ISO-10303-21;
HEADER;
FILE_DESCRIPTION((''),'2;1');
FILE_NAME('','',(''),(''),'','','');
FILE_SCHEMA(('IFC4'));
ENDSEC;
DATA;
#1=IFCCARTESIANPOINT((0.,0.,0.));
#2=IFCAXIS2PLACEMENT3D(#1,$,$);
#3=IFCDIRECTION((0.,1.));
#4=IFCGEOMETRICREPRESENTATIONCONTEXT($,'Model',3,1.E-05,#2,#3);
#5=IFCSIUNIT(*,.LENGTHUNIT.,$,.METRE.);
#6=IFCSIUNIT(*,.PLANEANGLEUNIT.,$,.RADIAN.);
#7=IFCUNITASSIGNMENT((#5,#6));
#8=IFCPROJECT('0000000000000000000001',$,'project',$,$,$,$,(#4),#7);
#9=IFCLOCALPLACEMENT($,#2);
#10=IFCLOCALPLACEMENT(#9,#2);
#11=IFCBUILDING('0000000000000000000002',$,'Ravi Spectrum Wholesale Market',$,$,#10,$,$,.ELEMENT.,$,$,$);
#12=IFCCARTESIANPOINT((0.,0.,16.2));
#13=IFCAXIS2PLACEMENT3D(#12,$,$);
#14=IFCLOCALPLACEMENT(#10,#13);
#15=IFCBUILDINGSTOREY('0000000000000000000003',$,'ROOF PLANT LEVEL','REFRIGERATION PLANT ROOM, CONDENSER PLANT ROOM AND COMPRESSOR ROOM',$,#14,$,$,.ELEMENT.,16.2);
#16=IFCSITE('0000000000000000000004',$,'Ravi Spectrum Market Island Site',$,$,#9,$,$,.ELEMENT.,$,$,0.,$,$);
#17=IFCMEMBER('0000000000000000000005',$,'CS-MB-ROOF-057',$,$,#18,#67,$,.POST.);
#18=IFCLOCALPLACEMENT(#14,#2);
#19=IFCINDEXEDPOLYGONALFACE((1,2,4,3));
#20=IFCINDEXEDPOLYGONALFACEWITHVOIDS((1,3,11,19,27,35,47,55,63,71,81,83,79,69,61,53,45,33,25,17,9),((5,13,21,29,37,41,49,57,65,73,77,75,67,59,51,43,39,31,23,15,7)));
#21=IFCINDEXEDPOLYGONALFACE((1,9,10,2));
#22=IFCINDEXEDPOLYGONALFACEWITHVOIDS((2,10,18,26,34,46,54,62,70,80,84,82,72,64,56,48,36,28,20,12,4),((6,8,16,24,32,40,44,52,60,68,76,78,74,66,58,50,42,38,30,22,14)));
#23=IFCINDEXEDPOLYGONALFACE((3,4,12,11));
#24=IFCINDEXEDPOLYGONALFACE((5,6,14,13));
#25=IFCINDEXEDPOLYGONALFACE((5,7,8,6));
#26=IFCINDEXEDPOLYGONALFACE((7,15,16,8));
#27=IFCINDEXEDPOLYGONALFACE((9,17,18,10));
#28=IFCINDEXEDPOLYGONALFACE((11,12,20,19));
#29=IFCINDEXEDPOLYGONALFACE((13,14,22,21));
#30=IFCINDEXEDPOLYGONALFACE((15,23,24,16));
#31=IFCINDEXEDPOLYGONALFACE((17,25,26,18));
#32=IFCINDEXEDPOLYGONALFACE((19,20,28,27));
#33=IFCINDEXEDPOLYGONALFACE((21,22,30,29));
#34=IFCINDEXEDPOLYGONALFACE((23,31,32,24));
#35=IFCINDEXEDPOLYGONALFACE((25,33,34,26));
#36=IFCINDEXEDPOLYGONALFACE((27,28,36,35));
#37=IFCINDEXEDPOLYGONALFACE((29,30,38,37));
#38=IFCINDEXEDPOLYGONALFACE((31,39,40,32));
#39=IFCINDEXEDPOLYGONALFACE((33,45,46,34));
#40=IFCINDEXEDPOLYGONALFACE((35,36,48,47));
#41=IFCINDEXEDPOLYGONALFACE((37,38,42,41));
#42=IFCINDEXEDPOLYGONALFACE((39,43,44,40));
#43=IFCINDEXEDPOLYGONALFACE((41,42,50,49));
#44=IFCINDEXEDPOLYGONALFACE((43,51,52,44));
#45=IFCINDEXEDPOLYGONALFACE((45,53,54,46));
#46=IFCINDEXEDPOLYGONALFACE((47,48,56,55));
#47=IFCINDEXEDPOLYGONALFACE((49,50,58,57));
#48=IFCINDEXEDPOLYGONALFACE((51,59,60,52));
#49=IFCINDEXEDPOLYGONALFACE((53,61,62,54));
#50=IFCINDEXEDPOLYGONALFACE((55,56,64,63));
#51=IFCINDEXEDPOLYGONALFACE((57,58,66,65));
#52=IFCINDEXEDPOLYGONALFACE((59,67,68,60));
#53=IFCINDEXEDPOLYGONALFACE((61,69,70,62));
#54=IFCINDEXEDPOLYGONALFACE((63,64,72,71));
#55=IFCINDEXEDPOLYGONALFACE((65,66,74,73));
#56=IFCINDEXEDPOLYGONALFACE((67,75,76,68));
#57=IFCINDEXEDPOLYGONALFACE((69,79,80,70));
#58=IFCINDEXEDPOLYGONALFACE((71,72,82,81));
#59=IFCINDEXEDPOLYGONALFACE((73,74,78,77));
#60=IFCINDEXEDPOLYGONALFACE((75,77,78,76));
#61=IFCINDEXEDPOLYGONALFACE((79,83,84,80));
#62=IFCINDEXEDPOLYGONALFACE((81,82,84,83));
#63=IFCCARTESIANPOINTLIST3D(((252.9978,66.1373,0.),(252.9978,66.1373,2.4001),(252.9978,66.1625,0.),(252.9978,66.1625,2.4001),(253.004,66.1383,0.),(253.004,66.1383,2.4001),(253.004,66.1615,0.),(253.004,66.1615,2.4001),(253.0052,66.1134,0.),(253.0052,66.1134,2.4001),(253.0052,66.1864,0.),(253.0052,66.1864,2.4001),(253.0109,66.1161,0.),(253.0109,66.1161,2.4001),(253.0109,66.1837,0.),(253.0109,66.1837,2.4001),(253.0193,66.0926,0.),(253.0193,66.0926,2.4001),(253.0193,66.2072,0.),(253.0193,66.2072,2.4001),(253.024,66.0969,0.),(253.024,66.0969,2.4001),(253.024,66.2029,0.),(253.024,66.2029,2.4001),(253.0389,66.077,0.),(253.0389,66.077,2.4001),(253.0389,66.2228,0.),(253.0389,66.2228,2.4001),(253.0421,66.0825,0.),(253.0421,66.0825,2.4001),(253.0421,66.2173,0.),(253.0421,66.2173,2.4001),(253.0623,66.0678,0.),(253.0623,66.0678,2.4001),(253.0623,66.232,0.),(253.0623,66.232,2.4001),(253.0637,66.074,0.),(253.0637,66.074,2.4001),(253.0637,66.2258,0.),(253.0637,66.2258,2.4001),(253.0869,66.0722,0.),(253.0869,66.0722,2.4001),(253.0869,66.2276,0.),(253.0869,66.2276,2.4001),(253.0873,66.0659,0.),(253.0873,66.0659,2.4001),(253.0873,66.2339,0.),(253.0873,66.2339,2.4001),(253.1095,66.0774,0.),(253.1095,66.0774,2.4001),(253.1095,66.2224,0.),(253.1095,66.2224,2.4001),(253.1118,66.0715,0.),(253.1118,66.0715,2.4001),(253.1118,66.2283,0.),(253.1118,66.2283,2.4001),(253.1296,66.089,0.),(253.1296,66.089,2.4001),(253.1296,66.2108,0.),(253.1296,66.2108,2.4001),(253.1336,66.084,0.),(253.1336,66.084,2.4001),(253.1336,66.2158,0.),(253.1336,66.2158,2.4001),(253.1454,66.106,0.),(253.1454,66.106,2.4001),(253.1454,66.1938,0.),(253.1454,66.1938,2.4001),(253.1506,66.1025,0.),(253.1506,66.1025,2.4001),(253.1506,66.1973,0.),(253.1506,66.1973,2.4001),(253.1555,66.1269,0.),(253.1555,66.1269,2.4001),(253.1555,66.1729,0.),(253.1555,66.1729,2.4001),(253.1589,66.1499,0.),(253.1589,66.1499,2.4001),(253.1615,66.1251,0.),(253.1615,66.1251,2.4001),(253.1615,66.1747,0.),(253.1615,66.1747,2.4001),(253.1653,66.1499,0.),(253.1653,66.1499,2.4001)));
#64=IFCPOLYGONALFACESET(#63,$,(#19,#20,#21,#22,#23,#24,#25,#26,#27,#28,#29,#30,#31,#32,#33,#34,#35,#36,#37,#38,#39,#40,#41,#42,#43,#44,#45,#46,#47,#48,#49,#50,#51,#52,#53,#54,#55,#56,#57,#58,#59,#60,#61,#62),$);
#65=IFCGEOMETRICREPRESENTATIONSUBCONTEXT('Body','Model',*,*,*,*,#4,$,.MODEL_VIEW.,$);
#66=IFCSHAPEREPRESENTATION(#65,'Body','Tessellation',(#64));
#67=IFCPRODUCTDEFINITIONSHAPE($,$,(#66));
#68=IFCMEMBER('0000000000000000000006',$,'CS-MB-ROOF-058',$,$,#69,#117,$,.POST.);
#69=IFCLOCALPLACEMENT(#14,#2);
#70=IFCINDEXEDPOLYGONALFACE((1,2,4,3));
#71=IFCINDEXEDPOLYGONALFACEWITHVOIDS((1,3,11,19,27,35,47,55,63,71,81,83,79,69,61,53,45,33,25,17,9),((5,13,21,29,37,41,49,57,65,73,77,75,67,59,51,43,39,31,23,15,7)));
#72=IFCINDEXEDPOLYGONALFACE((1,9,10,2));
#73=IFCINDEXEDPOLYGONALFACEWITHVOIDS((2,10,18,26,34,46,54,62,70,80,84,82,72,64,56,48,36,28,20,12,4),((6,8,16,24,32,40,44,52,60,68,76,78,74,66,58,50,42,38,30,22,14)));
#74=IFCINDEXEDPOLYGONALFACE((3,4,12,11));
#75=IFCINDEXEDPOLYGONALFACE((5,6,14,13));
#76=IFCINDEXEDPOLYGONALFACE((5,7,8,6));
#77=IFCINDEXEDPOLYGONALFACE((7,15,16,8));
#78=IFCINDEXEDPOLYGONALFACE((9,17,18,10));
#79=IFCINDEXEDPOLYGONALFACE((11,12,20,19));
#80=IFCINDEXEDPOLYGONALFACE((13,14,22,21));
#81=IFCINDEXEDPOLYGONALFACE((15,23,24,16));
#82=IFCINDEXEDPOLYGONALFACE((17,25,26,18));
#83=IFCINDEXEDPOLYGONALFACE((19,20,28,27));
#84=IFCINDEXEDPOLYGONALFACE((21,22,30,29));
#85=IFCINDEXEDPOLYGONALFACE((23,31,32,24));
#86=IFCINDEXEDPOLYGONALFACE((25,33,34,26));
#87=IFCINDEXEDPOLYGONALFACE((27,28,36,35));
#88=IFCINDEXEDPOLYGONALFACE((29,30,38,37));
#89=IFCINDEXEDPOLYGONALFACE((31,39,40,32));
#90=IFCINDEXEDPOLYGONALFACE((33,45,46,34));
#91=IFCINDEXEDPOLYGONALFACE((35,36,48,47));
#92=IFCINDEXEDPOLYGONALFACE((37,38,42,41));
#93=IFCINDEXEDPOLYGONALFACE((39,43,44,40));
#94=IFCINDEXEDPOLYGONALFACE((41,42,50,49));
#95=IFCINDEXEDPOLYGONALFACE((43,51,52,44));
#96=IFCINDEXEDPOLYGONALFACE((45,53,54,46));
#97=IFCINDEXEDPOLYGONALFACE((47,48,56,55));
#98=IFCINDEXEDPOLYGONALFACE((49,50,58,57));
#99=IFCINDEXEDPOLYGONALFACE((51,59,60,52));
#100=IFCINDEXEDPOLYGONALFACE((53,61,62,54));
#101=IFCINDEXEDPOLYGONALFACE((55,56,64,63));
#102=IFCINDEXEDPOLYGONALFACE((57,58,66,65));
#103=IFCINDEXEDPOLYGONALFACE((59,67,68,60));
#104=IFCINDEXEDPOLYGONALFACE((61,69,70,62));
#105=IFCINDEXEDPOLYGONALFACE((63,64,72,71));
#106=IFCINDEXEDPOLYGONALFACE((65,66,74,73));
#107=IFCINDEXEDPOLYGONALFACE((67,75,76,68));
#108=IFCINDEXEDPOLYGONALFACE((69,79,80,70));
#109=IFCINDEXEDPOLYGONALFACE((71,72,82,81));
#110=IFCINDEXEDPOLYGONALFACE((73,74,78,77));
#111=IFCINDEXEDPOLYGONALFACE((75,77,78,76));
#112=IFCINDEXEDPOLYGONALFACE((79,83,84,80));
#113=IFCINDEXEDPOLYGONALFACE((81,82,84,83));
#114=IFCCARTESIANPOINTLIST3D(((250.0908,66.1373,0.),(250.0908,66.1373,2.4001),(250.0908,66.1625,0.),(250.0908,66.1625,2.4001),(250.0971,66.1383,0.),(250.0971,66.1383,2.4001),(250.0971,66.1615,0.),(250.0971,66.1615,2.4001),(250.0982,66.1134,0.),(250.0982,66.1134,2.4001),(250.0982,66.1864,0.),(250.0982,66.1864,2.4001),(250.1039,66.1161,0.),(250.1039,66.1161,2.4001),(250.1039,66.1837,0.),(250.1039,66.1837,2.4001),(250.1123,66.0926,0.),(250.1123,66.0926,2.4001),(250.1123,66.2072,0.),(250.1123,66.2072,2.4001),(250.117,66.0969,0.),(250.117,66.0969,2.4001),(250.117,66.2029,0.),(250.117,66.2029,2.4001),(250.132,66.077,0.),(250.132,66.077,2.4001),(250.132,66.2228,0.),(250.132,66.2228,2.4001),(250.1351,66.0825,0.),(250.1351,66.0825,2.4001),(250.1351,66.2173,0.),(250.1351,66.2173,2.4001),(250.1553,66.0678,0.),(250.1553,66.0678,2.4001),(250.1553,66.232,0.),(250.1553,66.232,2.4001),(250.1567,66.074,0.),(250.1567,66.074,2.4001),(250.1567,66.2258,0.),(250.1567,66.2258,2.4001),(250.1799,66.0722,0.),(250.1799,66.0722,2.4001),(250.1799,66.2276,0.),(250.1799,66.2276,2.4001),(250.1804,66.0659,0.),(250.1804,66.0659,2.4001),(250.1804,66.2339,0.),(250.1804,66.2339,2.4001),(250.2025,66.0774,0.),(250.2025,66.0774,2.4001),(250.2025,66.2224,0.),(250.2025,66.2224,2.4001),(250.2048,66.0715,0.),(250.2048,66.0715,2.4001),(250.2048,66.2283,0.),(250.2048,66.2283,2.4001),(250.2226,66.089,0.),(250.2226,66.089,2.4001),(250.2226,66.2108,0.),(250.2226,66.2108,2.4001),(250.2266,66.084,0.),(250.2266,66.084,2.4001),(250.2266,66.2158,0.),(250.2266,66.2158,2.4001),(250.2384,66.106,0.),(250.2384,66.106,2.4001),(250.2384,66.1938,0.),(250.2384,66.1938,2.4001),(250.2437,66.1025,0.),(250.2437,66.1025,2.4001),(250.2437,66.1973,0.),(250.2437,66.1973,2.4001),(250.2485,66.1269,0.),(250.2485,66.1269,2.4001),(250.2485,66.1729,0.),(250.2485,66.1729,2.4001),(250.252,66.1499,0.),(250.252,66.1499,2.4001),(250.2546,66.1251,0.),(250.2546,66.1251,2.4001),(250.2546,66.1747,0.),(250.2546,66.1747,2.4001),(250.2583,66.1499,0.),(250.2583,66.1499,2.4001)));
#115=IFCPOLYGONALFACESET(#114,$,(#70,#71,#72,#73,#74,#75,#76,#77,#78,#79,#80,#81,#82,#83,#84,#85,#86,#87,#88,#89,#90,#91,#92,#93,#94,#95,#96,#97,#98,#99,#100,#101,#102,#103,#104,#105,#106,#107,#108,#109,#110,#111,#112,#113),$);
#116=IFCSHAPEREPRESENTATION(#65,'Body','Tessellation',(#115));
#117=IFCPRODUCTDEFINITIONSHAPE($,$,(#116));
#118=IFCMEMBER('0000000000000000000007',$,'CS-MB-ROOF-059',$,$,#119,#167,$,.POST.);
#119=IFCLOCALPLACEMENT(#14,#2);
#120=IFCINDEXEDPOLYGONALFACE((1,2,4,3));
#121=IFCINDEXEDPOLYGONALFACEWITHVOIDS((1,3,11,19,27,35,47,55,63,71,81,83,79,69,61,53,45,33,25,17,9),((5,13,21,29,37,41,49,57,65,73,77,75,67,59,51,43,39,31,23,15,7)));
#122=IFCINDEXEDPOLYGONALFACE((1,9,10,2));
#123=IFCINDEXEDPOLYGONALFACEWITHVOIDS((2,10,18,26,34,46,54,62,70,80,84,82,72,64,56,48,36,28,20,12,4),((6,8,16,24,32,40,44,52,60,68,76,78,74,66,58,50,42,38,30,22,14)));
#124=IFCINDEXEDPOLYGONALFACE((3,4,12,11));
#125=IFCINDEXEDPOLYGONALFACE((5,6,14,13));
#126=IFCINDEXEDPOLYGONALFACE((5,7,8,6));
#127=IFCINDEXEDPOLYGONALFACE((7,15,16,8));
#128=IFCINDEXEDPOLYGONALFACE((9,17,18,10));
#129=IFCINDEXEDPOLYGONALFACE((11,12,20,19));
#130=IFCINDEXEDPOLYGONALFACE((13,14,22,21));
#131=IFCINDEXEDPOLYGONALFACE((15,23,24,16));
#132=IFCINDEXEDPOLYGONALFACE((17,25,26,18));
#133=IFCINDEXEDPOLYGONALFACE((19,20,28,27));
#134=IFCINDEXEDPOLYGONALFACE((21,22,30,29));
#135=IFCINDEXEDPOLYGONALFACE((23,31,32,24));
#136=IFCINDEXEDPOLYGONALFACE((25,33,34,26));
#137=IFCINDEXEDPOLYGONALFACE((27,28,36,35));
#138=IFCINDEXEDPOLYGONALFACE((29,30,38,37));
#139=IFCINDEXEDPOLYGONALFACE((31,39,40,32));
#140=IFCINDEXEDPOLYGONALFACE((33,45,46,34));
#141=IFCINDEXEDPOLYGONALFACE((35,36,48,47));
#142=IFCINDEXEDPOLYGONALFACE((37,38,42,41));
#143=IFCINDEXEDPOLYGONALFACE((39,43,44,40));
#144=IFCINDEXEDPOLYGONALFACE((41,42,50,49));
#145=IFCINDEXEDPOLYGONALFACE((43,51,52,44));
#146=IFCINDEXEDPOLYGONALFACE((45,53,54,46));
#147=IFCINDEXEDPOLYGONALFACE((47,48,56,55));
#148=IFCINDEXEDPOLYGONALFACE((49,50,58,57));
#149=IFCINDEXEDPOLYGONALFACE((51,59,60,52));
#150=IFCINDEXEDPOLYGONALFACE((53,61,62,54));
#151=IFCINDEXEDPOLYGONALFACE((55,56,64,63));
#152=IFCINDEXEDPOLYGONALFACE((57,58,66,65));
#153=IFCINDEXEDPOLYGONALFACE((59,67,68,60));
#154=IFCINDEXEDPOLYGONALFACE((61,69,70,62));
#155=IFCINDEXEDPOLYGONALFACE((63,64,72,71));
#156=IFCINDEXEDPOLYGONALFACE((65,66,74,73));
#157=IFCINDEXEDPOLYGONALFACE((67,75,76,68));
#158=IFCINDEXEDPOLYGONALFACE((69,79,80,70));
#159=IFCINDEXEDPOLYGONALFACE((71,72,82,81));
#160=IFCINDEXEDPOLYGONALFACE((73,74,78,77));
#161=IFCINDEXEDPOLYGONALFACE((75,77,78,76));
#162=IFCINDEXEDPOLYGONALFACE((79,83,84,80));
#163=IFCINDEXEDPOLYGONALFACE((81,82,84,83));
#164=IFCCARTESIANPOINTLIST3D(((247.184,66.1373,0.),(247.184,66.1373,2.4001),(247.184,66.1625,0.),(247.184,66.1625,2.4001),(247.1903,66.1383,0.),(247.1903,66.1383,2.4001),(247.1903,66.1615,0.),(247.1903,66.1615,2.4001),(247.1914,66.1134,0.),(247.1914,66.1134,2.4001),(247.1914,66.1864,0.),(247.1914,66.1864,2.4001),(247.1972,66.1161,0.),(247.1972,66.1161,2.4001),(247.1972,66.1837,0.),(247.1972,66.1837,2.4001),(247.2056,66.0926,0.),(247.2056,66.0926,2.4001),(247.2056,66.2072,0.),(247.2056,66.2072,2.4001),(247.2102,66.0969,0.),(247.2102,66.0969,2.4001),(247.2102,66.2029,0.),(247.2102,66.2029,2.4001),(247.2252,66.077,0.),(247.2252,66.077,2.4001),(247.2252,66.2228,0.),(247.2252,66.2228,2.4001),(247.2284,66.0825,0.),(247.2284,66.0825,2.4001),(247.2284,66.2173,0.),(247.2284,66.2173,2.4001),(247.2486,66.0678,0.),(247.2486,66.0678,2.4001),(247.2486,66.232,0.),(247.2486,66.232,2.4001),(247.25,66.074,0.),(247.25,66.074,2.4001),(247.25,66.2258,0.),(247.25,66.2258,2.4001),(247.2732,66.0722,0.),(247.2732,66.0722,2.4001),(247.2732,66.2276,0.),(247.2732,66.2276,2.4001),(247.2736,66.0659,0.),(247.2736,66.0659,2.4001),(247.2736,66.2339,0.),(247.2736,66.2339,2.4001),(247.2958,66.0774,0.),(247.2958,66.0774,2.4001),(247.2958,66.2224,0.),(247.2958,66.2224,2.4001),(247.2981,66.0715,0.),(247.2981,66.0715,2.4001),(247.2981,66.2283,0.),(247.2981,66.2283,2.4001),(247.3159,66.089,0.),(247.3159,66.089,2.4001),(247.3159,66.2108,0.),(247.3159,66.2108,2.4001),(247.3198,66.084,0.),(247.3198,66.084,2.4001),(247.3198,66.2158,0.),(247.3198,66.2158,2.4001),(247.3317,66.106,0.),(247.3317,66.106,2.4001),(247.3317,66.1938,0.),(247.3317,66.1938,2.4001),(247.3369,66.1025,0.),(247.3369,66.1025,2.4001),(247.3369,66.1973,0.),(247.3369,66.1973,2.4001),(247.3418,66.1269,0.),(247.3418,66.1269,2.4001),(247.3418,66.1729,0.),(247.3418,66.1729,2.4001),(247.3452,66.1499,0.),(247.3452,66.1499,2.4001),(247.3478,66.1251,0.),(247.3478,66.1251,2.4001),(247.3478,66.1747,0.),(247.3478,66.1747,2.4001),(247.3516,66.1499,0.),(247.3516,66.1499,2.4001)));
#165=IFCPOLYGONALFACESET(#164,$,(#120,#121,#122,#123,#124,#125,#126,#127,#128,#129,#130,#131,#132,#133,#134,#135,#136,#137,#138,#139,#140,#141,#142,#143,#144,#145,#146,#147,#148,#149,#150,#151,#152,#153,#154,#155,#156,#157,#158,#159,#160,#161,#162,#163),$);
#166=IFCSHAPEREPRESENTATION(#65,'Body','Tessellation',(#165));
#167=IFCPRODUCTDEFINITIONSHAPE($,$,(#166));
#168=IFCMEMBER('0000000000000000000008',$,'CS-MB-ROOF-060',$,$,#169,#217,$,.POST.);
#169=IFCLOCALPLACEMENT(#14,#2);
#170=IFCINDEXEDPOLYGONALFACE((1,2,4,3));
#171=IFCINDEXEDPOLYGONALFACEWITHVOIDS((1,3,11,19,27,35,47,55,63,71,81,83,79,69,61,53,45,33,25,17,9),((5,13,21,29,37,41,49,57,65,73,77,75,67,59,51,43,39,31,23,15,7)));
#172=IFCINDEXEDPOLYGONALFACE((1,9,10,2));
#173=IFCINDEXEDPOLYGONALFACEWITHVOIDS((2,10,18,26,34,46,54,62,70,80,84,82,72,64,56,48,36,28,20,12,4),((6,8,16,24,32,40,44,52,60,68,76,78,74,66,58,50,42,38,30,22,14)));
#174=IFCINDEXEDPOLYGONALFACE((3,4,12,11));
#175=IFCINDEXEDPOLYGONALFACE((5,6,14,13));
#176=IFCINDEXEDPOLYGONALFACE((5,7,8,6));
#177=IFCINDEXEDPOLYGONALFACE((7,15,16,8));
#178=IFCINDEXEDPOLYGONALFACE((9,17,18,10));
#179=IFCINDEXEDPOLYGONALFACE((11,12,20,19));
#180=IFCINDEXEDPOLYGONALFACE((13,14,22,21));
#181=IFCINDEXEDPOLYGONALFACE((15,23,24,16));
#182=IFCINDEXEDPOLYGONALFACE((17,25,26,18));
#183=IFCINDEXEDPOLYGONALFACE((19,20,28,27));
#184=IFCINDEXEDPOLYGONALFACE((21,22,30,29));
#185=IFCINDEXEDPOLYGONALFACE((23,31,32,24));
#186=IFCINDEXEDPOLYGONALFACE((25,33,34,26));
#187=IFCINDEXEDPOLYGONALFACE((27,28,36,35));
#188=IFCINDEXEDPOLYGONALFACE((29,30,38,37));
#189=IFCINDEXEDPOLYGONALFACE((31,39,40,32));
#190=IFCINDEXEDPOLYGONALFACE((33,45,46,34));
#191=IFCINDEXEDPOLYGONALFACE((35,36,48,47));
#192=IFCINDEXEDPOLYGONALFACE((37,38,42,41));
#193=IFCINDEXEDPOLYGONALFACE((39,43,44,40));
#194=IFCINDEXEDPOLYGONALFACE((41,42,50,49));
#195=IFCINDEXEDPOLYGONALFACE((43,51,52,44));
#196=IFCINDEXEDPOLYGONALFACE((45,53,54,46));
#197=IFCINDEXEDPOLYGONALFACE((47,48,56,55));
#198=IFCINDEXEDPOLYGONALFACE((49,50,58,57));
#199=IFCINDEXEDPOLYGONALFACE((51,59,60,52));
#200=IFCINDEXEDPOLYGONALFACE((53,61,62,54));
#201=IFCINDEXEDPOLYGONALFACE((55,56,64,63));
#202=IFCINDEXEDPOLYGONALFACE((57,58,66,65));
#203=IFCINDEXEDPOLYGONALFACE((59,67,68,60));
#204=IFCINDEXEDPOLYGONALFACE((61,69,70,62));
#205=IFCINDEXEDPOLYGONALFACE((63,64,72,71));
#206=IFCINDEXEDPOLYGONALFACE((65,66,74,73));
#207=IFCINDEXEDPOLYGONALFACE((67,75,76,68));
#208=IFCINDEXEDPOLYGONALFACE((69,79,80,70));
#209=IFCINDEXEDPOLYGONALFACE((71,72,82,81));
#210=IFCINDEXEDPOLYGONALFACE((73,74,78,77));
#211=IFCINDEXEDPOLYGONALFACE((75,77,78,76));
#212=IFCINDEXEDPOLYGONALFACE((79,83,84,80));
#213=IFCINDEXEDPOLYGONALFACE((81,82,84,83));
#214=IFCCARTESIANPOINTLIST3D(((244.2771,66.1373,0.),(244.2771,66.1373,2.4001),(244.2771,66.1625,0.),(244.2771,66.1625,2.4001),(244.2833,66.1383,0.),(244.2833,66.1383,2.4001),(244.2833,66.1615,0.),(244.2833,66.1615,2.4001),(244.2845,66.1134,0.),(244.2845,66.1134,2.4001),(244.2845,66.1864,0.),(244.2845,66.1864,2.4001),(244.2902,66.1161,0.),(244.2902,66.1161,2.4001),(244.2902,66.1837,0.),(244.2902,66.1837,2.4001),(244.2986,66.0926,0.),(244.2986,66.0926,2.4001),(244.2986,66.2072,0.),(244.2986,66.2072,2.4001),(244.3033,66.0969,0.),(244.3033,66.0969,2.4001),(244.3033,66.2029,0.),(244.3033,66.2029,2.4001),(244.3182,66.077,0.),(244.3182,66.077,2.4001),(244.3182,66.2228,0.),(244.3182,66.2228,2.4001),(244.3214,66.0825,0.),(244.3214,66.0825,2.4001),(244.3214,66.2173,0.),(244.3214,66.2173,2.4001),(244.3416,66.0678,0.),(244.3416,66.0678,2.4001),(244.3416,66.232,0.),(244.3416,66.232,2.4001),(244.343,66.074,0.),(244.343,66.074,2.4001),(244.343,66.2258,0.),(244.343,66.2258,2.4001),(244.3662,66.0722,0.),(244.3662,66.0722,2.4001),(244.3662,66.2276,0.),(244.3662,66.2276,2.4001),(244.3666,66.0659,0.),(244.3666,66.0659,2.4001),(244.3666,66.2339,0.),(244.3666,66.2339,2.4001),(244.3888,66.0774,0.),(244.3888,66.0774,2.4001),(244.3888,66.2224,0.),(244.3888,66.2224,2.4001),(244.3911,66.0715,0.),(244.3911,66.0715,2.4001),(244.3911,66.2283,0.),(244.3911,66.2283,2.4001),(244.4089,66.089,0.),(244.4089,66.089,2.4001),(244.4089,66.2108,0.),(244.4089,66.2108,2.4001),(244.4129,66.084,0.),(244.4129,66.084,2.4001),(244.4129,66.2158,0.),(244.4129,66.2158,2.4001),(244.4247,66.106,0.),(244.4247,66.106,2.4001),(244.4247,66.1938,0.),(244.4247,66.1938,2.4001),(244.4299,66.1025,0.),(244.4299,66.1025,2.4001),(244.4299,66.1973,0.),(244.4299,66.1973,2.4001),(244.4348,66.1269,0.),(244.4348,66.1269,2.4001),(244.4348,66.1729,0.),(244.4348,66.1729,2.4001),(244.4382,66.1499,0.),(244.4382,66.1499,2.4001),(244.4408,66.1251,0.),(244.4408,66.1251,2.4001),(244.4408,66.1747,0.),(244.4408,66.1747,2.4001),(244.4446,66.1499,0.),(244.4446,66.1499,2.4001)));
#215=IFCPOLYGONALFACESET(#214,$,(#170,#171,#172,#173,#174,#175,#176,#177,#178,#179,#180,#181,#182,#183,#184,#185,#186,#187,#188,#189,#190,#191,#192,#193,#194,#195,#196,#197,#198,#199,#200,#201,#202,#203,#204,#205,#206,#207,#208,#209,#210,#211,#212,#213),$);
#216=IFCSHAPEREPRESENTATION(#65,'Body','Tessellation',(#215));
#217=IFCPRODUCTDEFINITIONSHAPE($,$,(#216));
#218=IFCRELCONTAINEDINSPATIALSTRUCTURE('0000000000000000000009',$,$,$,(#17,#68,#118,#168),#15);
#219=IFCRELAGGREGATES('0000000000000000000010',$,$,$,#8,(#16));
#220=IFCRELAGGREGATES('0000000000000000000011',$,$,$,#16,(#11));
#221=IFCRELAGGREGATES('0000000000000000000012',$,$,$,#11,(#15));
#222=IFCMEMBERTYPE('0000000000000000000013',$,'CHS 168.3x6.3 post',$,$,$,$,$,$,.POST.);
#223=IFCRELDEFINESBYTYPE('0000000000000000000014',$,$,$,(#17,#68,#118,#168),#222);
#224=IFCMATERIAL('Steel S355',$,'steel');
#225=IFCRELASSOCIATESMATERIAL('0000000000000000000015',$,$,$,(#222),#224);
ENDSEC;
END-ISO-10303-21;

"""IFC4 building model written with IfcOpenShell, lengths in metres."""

from ifc_helpers import new_model, si_unit, direction, frame, origin, origin_2d, place, context, subcontext, project, spatial, hollow_circle, extrude, material, material_profile, profile_set, type_object, element, save


model = new_model("IFC4")

# Units and contexts
model_context = context("Model", 3, precision=1e-05, world=origin(), true_north=direction((0.0, 1.0)))
body_context = subcontext(model_context, "Body", "Model", "MODEL_VIEW")
ifc_project = project(units=[si_unit("LENGTHUNIT", "METRE"), si_unit("PLANEANGLEUNIT", "RADIAN")], contexts=[model_context])

# Site, building, storey
site_placement = place(None, origin())
site = spatial("IfcSite", under=ifc_project, at=site_placement, Name="Ravi Spectrum Market Island Site", CompositionType="ELEMENT", RefElevation=0.0)
building_placement = place(site_placement, origin())
building = spatial("IfcBuilding", under=site, at=building_placement, Name="Ravi Spectrum Wholesale Market", CompositionType="ELEMENT")
storey_placement = place(building_placement, frame((0.0, 0.0, 16.2)))
storey = spatial("IfcBuildingStorey", under=building, at=storey_placement, Name="ROOF PLANT LEVEL", Description="REFRIGERATION PLANT ROOM, CONDENSER PLANT ROOM AND COMPRESSOR ROOM", CompositionType="ELEMENT", Elevation=16.2)

# Members
ifc_material_1 = material(Name="Steel S355", Category="steel")
ifc_material_profile_1 = material_profile(ifc_material_1, hollow_circle(Radius=0.0842, WallThickness=0.0063, at=origin_2d()))
ifc_profile_set_1 = profile_set([ifc_material_profile_1], Name="Steel S355")
member_type_1 = type_object("IfcMemberType", Name="CHS 168.3x6.3 post", PredefinedType="POST", material=ifc_profile_set_1)
for number, where, z_axis, x_axis, name in (
    (1, (253.0811, 66.1499, 0.0), (0.0, 0.0, 1.0), (1.0, 0.0, 0.0), "CS-MB-ROOF-057"),
    (2, (250.1741, 66.1499, 0.0), (0.0, 0.0, 1.0), (1.0, 0.0, 0.0), "CS-MB-ROOF-058"),
    (3, (247.2673, 66.1499, 0.0), (0.0, 0.0, 1.0), (1.0, 0.0, 0.0), "CS-MB-ROOF-059"),
    (4, (244.3604, 66.1499, 0.0), (0.0, 0.0, 1.0), (1.0, 0.0, 0.0), "CS-MB-ROOF-060"),
):
    element("IfcMember", number, at=place(storey_placement, frame(where, z_axis=z_axis, x_axis=x_axis)), inside=storey, type_object=member_type_1, Name=name, PredefinedType="POST", context=body_context, shape_type="SweptSolid", body=[
        extrude(hollow_circle(Radius=0.0842, WallThickness=0.0063, at=origin_2d()), origin(), (0.0, 0.0, 1.0), 2.4001),
    ])

save(model, "model.ifc")
